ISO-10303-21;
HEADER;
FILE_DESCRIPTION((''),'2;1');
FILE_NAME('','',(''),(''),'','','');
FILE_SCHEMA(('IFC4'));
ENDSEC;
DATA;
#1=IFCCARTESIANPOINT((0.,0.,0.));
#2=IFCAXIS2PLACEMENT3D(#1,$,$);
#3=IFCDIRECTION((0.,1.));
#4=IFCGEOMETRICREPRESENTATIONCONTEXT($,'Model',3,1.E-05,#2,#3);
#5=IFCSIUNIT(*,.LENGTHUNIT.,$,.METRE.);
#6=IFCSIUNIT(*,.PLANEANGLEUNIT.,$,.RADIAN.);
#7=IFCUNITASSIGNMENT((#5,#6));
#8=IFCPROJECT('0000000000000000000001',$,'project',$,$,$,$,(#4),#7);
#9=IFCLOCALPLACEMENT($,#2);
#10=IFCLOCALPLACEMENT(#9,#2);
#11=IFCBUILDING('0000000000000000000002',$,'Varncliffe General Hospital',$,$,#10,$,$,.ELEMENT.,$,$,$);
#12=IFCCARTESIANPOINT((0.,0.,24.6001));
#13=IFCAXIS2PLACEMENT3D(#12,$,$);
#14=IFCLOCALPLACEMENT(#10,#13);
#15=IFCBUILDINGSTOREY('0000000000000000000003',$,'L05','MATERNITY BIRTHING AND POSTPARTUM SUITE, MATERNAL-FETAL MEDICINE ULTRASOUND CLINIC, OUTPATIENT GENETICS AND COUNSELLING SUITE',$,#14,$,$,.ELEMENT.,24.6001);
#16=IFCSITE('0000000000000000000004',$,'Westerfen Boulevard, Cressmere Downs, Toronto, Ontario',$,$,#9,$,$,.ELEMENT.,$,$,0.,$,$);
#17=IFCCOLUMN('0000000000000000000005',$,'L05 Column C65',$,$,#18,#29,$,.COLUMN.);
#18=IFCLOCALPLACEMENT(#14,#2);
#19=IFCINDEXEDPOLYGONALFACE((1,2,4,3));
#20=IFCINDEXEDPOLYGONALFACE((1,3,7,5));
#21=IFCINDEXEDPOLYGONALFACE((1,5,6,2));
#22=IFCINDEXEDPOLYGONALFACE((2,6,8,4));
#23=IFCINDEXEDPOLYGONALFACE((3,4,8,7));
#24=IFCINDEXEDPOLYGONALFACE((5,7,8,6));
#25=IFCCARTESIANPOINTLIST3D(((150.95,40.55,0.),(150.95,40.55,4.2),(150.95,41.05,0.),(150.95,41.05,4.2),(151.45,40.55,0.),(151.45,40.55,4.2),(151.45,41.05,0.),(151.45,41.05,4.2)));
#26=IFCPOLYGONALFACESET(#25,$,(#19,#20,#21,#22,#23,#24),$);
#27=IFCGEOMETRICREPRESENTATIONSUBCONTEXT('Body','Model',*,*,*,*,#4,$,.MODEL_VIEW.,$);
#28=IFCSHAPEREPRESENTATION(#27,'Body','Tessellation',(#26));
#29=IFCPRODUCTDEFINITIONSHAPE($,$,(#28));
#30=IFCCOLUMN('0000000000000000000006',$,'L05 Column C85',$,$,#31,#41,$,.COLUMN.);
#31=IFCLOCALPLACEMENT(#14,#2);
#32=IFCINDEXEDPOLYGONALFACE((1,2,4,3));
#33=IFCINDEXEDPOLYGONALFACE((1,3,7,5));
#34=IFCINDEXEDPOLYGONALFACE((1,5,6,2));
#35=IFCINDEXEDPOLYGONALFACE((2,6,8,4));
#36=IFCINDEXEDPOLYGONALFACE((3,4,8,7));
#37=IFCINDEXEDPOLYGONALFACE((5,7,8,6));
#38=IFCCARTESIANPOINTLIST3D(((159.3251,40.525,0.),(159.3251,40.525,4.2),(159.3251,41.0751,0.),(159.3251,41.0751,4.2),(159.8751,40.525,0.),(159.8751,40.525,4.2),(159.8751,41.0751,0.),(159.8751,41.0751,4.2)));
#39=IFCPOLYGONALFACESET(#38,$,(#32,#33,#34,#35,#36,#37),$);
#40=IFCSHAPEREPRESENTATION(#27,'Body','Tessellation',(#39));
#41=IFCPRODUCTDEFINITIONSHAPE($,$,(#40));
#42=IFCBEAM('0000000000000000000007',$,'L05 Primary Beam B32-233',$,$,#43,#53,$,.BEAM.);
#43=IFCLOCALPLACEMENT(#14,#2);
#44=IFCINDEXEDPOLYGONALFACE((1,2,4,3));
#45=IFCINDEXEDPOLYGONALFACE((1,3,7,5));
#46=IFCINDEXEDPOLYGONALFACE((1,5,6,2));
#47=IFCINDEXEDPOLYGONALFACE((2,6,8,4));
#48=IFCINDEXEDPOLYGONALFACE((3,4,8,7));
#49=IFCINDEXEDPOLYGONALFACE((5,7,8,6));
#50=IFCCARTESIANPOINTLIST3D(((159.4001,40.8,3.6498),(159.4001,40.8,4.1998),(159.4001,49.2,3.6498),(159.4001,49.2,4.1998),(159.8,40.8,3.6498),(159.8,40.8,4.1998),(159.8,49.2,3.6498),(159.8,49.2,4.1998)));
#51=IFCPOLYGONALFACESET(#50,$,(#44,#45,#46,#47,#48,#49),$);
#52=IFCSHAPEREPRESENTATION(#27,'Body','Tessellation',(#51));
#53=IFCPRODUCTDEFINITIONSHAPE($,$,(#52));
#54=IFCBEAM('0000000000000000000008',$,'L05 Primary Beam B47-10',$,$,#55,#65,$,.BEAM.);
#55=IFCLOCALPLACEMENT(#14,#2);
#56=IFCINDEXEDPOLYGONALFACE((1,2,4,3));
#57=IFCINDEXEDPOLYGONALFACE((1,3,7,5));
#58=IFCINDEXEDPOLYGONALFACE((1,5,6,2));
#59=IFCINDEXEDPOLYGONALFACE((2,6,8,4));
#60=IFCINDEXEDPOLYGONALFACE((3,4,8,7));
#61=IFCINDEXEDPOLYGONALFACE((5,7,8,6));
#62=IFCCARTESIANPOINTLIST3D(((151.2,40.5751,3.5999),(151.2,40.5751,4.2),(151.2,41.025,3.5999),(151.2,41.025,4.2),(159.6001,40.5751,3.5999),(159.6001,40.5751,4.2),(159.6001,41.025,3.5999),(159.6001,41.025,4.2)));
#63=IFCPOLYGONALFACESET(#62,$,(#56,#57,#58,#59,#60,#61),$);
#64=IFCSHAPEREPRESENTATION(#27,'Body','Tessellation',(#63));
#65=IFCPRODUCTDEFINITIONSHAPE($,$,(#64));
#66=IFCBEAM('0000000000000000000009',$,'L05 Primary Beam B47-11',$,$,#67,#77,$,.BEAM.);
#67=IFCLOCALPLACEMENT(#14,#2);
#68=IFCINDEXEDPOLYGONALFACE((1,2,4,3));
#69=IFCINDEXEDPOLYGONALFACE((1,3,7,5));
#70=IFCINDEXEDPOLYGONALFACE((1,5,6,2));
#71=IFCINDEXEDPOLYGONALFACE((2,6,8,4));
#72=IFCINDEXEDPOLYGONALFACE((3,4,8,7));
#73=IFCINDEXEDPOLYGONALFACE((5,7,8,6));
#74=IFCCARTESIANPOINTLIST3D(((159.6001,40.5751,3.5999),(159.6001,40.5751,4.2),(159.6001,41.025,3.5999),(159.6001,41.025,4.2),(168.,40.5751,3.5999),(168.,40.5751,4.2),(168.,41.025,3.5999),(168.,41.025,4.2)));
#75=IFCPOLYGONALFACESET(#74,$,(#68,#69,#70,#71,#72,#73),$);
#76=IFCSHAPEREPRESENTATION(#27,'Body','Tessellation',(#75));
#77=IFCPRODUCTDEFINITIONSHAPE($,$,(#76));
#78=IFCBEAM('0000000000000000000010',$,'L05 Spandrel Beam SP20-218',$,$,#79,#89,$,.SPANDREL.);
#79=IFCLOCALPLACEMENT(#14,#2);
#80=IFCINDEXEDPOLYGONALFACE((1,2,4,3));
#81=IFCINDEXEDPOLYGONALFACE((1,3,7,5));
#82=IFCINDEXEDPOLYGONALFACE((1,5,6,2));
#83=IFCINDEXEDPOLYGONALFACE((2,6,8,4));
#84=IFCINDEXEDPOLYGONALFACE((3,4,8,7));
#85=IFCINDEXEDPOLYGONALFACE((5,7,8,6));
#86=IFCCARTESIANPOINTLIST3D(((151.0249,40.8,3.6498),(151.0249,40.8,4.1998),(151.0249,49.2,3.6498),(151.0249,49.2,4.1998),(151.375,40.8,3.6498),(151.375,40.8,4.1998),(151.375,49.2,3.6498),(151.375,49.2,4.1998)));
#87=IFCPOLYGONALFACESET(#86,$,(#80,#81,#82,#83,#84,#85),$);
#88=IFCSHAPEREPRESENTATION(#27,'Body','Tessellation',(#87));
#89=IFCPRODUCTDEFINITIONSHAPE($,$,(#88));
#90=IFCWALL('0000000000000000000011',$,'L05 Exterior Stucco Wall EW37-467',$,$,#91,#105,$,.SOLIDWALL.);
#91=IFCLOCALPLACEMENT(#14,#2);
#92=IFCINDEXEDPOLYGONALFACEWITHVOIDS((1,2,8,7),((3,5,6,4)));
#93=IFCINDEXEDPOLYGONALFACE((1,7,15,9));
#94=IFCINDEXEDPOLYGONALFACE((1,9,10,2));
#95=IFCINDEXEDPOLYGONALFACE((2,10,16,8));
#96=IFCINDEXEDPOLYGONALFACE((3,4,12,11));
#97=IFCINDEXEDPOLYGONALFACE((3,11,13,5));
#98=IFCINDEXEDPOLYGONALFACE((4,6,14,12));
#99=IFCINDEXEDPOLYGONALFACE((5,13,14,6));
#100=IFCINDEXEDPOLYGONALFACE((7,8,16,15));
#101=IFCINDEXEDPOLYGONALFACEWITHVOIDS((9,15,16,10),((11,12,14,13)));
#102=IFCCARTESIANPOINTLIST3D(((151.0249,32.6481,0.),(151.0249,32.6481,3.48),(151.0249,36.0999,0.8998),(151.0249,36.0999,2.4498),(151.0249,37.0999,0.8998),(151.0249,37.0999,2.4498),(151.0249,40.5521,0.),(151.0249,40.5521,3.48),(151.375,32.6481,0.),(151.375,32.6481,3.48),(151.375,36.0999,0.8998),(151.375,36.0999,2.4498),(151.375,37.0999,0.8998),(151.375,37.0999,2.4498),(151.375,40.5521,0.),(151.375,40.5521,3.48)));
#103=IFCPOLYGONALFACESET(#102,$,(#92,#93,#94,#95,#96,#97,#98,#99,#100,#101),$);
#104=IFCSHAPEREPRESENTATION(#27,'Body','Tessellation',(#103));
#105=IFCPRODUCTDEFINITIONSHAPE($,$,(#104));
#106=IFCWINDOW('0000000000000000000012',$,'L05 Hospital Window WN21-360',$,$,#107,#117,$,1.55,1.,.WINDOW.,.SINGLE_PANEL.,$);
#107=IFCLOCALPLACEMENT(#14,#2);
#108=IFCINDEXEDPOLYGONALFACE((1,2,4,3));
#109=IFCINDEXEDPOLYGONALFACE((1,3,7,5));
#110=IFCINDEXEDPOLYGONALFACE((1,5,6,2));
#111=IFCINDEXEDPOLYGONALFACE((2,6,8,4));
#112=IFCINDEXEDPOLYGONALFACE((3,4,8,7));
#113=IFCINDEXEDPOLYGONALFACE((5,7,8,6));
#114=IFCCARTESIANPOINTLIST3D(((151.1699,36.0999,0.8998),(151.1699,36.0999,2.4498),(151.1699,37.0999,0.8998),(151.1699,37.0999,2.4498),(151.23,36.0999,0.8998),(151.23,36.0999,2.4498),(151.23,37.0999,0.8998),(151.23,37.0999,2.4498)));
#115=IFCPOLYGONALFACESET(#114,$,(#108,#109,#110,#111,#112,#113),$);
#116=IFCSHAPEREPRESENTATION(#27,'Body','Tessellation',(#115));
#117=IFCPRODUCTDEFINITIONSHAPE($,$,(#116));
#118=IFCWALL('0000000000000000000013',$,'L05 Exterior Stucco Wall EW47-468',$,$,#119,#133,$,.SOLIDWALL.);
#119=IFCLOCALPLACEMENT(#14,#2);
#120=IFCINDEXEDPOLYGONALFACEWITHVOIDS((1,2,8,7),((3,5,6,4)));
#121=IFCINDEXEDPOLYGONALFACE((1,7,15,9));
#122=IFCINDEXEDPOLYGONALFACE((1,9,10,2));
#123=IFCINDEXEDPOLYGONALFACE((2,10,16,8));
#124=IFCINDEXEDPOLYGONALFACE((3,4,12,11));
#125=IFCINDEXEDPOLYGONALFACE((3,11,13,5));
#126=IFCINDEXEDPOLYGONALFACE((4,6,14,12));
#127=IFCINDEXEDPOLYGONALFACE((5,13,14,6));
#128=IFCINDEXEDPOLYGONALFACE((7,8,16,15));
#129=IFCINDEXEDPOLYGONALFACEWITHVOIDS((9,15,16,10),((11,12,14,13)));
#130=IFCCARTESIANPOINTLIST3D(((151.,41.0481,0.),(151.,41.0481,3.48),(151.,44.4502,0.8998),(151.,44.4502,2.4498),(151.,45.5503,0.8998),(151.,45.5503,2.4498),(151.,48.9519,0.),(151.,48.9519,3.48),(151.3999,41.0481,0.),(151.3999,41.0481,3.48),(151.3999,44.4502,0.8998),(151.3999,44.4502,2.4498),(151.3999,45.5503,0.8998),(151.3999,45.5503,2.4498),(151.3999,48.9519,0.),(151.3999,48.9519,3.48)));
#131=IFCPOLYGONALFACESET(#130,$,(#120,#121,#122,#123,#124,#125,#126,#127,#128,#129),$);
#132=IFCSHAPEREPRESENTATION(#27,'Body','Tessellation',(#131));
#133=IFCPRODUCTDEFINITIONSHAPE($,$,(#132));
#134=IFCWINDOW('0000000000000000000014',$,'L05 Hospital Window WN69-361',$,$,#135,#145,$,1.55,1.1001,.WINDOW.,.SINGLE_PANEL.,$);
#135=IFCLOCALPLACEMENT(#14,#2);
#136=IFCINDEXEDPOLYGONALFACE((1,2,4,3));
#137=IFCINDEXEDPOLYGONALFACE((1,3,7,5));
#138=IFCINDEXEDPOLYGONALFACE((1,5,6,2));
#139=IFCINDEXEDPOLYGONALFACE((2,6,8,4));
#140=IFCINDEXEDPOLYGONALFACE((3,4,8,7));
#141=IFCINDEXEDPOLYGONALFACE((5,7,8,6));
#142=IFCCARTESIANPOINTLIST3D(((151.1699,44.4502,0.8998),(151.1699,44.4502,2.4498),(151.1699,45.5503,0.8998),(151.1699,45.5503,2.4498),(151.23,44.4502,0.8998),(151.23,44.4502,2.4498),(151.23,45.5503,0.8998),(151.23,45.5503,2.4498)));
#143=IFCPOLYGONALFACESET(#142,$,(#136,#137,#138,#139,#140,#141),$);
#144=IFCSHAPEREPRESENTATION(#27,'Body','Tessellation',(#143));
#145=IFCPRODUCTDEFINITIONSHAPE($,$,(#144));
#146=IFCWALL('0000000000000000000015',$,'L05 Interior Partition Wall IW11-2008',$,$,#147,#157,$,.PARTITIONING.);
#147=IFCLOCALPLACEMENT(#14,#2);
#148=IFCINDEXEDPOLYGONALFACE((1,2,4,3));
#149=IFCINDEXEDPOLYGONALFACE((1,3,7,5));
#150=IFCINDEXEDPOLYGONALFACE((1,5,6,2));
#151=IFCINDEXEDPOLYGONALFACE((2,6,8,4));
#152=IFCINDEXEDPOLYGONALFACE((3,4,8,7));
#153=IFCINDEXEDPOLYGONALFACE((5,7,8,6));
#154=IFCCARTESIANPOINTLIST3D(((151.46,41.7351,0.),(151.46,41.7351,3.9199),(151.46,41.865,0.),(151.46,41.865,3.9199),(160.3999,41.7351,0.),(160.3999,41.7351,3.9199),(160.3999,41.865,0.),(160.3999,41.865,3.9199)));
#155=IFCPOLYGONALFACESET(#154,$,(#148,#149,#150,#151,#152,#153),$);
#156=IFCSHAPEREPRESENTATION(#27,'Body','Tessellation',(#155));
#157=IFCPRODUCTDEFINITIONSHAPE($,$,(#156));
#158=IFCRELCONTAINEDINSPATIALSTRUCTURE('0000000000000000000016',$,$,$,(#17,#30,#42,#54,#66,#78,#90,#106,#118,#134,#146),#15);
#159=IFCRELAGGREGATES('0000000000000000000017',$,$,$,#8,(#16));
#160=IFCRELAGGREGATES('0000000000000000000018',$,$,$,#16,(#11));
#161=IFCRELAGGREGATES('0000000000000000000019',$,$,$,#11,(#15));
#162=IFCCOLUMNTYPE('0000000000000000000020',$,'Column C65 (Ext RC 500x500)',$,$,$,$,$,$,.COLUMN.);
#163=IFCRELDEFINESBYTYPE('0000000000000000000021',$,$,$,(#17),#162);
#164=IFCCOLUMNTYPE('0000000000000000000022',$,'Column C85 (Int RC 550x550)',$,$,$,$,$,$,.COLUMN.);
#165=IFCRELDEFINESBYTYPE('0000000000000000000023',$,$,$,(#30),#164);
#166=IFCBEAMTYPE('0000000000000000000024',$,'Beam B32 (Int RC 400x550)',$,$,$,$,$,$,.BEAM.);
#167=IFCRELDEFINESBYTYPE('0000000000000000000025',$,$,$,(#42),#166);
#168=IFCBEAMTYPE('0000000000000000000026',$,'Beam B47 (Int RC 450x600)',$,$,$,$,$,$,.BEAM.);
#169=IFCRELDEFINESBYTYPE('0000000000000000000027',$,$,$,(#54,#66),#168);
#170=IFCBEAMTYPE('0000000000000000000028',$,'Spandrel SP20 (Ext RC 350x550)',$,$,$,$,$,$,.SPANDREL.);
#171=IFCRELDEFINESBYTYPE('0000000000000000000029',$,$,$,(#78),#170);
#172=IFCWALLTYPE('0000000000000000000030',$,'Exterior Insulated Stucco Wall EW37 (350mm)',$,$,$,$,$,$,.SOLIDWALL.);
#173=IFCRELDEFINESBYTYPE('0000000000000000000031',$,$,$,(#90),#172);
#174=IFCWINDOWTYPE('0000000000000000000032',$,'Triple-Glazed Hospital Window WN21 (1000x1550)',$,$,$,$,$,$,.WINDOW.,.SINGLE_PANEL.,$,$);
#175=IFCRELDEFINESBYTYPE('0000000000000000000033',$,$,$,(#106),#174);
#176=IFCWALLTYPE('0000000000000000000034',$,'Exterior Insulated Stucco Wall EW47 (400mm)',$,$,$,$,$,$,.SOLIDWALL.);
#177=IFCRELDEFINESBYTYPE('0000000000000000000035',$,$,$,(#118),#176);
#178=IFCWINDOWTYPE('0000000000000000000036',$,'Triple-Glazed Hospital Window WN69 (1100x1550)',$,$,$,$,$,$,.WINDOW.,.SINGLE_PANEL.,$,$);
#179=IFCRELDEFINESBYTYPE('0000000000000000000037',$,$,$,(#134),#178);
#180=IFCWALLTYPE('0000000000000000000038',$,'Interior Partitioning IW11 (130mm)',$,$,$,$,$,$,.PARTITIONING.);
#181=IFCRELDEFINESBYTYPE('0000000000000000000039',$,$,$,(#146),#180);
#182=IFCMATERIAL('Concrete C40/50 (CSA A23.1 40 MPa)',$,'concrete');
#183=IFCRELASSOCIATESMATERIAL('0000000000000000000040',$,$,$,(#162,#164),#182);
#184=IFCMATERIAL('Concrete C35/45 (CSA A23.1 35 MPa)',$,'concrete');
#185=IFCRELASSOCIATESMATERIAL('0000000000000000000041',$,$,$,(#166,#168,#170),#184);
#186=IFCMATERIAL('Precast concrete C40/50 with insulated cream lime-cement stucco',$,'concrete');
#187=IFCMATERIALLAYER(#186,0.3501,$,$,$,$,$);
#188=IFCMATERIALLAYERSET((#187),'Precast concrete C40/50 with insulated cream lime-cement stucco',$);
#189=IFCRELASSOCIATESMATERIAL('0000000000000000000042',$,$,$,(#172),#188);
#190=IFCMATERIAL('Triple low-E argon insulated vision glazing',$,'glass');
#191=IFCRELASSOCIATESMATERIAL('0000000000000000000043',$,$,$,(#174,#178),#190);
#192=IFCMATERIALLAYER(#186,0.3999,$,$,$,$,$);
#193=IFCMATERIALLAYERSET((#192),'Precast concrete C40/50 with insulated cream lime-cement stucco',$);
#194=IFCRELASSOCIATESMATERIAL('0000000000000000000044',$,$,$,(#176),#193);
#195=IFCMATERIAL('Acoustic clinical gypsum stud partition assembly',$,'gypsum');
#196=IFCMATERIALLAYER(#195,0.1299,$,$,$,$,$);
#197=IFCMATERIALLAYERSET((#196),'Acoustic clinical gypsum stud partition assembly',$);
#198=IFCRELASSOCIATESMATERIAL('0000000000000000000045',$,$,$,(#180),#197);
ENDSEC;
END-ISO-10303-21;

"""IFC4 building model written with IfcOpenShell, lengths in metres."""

from ifc_helpers import new_model, si_unit, direction, frame, frame_2d, origin, origin_2d, place, context, subcontext, project, spatial, rectangle, extrude, material, layer, layer_set, material_profile, profile_set, type_object, element, fill, save


model = new_model("IFC4")

# Units and contexts
model_context = context("Model", 3, precision=1e-05, world=origin(), true_north=direction((0.0, 1.0)))
body_context = subcontext(model_context, "Body", "Model", "MODEL_VIEW")
ifc_project = project(units=[si_unit("LENGTHUNIT", "METRE"), si_unit("PLANEANGLEUNIT", "RADIAN")], contexts=[model_context])

# Site, building, storey
site_placement = place(None, origin())
site = spatial("IfcSite", under=ifc_project, at=site_placement, Name="Westerfen Boulevard, Cressmere Downs, Toronto, Ontario", CompositionType="ELEMENT", RefElevation=0.0)
building_placement = place(site_placement, origin())
building = spatial("IfcBuilding", under=site, at=building_placement, Name="Varncliffe General Hospital", CompositionType="ELEMENT")
storey_placement = place(building_placement, frame((0.0, 0.0, 24.6001)))
storey = spatial("IfcBuildingStorey", under=building, at=storey_placement, Name="L05", Description="MATERNITY BIRTHING AND POSTPARTUM SUITE, MATERNAL-FETAL MEDICINE ULTRASOUND CLINIC, OUTPATIENT GENETICS AND COUNSELLING SUITE", CompositionType="ELEMENT", Elevation=24.6001)

# Columns
ifc_material_1 = material(Name="Concrete C40/50 (CSA A23.1 40 MPa)", Category="concrete")
ifc_material_profile_1 = material_profile(ifc_material_1, rectangle(XDim=0.5, YDim=0.5, at=origin_2d()), Name="RC 500x500")
ifc_profile_set_1 = profile_set([ifc_material_profile_1], Name="Concrete C40/50 (CSA A23.1 40 MPa)")
column_type_1 = type_object("IfcColumnType", Name="Column C65 (Ext RC 500x500)", PredefinedType="COLUMN", material=ifc_profile_set_1)
column_1_placement = place(storey_placement, frame((151.2, 40.8, 0.0), z_axis=(0.0, 0.0, 1.0), x_axis=(1.0, 0.0, 0.0)))
element("IfcColumn", 1, at=column_1_placement, inside=storey, type_object=column_type_1, Name="L05 Column C65", PredefinedType="COLUMN", context=body_context, shape_type="SweptSolid", body=[
    extrude(rectangle(XDim=0.5, YDim=0.5, at=origin_2d()), origin(), (0.0, 0.0, 1.0), 4.2),
])
ifc_material_profile_2 = material_profile(ifc_material_1, rectangle(XDim=0.55, YDim=0.55, at=origin_2d()), Name="RC 550x550")
ifc_profile_set_2 = profile_set([ifc_material_profile_2], Name="Concrete C40/50 (CSA A23.1 40 MPa)")
column_type_2 = type_object("IfcColumnType", Name="Column C85 (Int RC 550x550)", PredefinedType="COLUMN", material=ifc_profile_set_2)
column_2_placement = place(storey_placement, frame((159.6001, 40.8, 0.0), z_axis=(0.0, 0.0, 1.0), x_axis=(1.0, 0.0, 0.0)))
element("IfcColumn", 2, at=column_2_placement, inside=storey, type_object=column_type_2, Name="L05 Column C85", PredefinedType="COLUMN", context=body_context, shape_type="SweptSolid", body=[
    extrude(rectangle(XDim=0.55, YDim=0.55, at=origin_2d()), origin(), (0.0, 0.0, 1.0), 4.2),
])

# Beams
ifc_material_2 = material(Name="Concrete C35/45 (CSA A23.1 35 MPa)", Category="concrete")
ifc_material_profile_3 = material_profile(ifc_material_2, rectangle(XDim=0.3999, YDim=0.55, at=origin_2d()), Name="RC 400x550")
ifc_profile_set_3 = profile_set([ifc_material_profile_3], Name="Concrete C35/45 (CSA A23.1 35 MPa)")
beam_type_1 = type_object("IfcBeamType", Name="Beam B32 (Int RC 400x550)", PredefinedType="BEAM", material=ifc_profile_set_3)
beam_1_placement = place(storey_placement, frame((159.6001, 40.8, 3.9248), z_axis=(0.0, 1.0, 0.0), x_axis=(-1.0, 0.0, 0.0)))
element("IfcBeam", 3, at=beam_1_placement, inside=storey, type_object=beam_type_1, Name="L05 Primary Beam B32-233", PredefinedType="BEAM", context=body_context, shape_type="SweptSolid", body=[
    extrude(rectangle(XDim=0.3999, YDim=0.55, at=origin_2d()), origin(), (0.0, 0.0, 1.0), 8.3999),
])
ifc_material_profile_4 = material_profile(ifc_material_2, rectangle(XDim=0.45, YDim=0.6001, at=origin_2d()), Name="RC 450x600")
ifc_profile_set_4 = profile_set([ifc_material_profile_4], Name="Concrete C35/45 (CSA A23.1 35 MPa)")
beam_type_2 = type_object("IfcBeamType", Name="Beam B47 (Int RC 450x600)", PredefinedType="BEAM", material=ifc_profile_set_4)
beam_2_placement = place(storey_placement, frame((151.2, 40.8, 3.8999), z_axis=(1.0, 0.0, 0.0), x_axis=(0.0, 1.0, 0.0)))
element("IfcBeam", 4, at=beam_2_placement, inside=storey, type_object=beam_type_2, Name="L05 Primary Beam B47-10", PredefinedType="BEAM", context=body_context, shape_type="SweptSolid", body=[
    extrude(rectangle(XDim=0.45, YDim=0.6001, at=origin_2d()), origin(), (0.0, 0.0, 1.0), 8.4001),
])
beam_3_placement = place(storey_placement, frame((159.6001, 40.8, 3.8999), z_axis=(1.0, 0.0, 0.0), x_axis=(0.0, 1.0, 0.0)))
element("IfcBeam", 5, at=beam_3_placement, inside=storey, type_object=beam_type_2, Name="L05 Primary Beam B47-11", PredefinedType="BEAM", context=body_context, shape_type="SweptSolid", body=[
    extrude(rectangle(XDim=0.45, YDim=0.6001, at=origin_2d()), origin(), (0.0, 0.0, 1.0), 8.3999),
])
ifc_material_profile_5 = material_profile(ifc_material_2, rectangle(XDim=0.3501, YDim=0.55, at=origin_2d()), Name="RC 350x550")
ifc_profile_set_5 = profile_set([ifc_material_profile_5], Name="Concrete C35/45 (CSA A23.1 35 MPa)")
beam_type_3 = type_object("IfcBeamType", Name="Spandrel SP20 (Ext RC 350x550)", PredefinedType="SPANDREL", material=ifc_profile_set_5)
beam_4_placement = place(storey_placement, frame((151.2, 40.8, 3.9248), z_axis=(0.0, 1.0, 0.0), x_axis=(-1.0, 0.0, 0.0)))
element("IfcBeam", 6, at=beam_4_placement, inside=storey, type_object=beam_type_3, Name="L05 Spandrel Beam SP20-218", PredefinedType="SPANDREL", context=body_context, shape_type="SweptSolid", body=[
    extrude(rectangle(XDim=0.3501, YDim=0.55, at=origin_2d()), origin(), (0.0, 0.0, 1.0), 8.3999),
])

# Walls, openings, windows
ifc_material_3 = material(Name="Precast concrete C40/50 with insulated cream lime-cement stucco", Category="concrete")
ifc_layer_1 = layer(ifc_material_3, 0.3501)
ifc_layer_set_1 = layer_set([ifc_layer_1], Name="Precast concrete C40/50 with insulated cream lime-cement stucco")
wall_type_1 = type_object("IfcWallType", Name="Exterior Insulated Stucco Wall EW37 (350mm)", PredefinedType="SOLIDWALL", material=ifc_layer_set_1)
wall_1_placement = place(storey_placement, frame((151.2, 32.6479, 0.0), z_axis=(0.0, 0.0, 1.0), x_axis=(0.0, 1.0, 0.0)))
wall_1 = element("IfcWall", 7, at=wall_1_placement, inside=storey, type_object=wall_type_1, Name="L05 Exterior Stucco Wall EW37-467", PredefinedType="SOLIDWALL", context=body_context, shape_type="SweptSolid", body=[
    extrude(rectangle(XDim=7.9041, YDim=0.3501, at=frame_2d((3.9521, 0.0))), origin(), (0.0, 0.0, 1.0), 3.48),
])
opening_1_placement = place(wall_1_placement, frame((3.4519, 0.0, 0.8999)))
opening_1 = element("IfcOpeningElement", 8, at=opening_1_placement, cuts=wall_1, PredefinedType="OPENING", context=body_context, shape_type="SweptSolid", body=[
    extrude(rectangle(XDim=1.0, YDim=1.55, at=frame_2d((0.5, 0.7749))), frame((0.0, 0.1851, 0.0), z_axis=(0.0, -1.0, 0.0), x_axis=(1.0, 0.0, 0.0)), (0.0, 0.0, 1.0), 0.3701),
])
ifc_material_4 = material(Name="Triple low-E argon insulated vision glazing", Category="glass")
window_type_1 = type_object("IfcWindowType", Name="Triple-Glazed Hospital Window WN21 (1000x1550)", PartitioningType="SINGLE_PANEL", PredefinedType="WINDOW", material=ifc_material_4)
window_1_placement = place(opening_1_placement, origin())
window_1 = element("IfcWindow", 9, at=window_1_placement, inside=storey, type_object=window_type_1, Name="L05 Hospital Window WN21-360", OverallHeight=1.55, OverallWidth=1.0, PartitioningType="SINGLE_PANEL", PredefinedType="WINDOW", context=body_context, shape_type="SweptSolid", body=[
    extrude(rectangle(XDim=1.0, YDim=1.55, at=frame_2d((0.5, 0.7749))), frame((0.0, 0.03, 0.0), z_axis=(0.0, -1.0, 0.0), x_axis=(1.0, 0.0, 0.0)), (0.0, 0.0, 1.0), 0.0601),
])
fill(opening_1, window_1)
ifc_layer_2 = layer(ifc_material_3, 0.3999)
ifc_layer_set_2 = layer_set([ifc_layer_2], Name="Precast concrete C40/50 with insulated cream lime-cement stucco")
wall_type_2 = type_object("IfcWallType", Name="Exterior Insulated Stucco Wall EW47 (400mm)", PredefinedType="SOLIDWALL", material=ifc_layer_set_2)
wall_2_placement = place(storey_placement, frame((151.2, 41.0481, 0.0), z_axis=(0.0, 0.0, 1.0), x_axis=(0.0, 1.0, 0.0)))
wall_2 = element("IfcWall", 10, at=wall_2_placement, inside=storey, type_object=wall_type_2, Name="L05 Exterior Stucco Wall EW47-468", PredefinedType="SOLIDWALL", context=body_context, shape_type="SweptSolid", body=[
    extrude(rectangle(XDim=7.9038, YDim=0.3999, at=frame_2d((3.9519, 0.0))), origin(), (0.0, 0.0, 1.0), 3.48),
])
opening_2_placement = place(wall_2_placement, frame((3.4021, 0.0, 0.8999)))
opening_2 = element("IfcOpeningElement", 11, at=opening_2_placement, cuts=wall_2, PredefinedType="OPENING", context=body_context, shape_type="SweptSolid", body=[
    extrude(rectangle(XDim=1.1001, YDim=1.55, at=frame_2d((0.55, 0.7749))), frame((0.0, 0.21, 0.0), z_axis=(0.0, -1.0, 0.0), x_axis=(1.0, 0.0, 0.0)), (0.0, 0.0, 1.0), 0.4199),
])
window_type_2 = type_object("IfcWindowType", Name="Triple-Glazed Hospital Window WN69 (1100x1550)", PartitioningType="SINGLE_PANEL", PredefinedType="WINDOW", material=ifc_material_4)
window_2_placement = place(opening_2_placement, origin())
window_2 = element("IfcWindow", 12, at=window_2_placement, inside=storey, type_object=window_type_2, Name="L05 Hospital Window WN69-361", OverallHeight=1.55, OverallWidth=1.1001, PartitioningType="SINGLE_PANEL", PredefinedType="WINDOW", context=body_context, shape_type="SweptSolid", body=[
    extrude(rectangle(XDim=1.1001, YDim=1.55, at=frame_2d((0.55, 0.7749))), frame((0.0, 0.03, 0.0), z_axis=(0.0, -1.0, 0.0), x_axis=(1.0, 0.0, 0.0)), (0.0, 0.0, 1.0), 0.0601),
])
fill(opening_2, window_2)

# Wall
ifc_material_5 = material(Name="Acoustic clinical gypsum stud partition assembly", Category="gypsum")
ifc_layer_3 = layer(ifc_material_5, 0.1299)
ifc_layer_set_3 = layer_set([ifc_layer_3], Name="Acoustic clinical gypsum stud partition assembly")
wall_type_3 = type_object("IfcWallType", Name="Interior Partitioning IW11 (130mm)", PredefinedType="PARTITIONING", material=ifc_layer_set_3)
wall_3_placement = place(storey_placement, frame((151.46, 41.8, 0.0), z_axis=(0.0, 0.0, 1.0), x_axis=(1.0, 0.0, 0.0)))
element("IfcWall", 13, at=wall_3_placement, inside=storey, type_object=wall_type_3, Name="L05 Interior Partition Wall IW11-2008", PredefinedType="PARTITIONING", context=body_context, shape_type="SweptSolid", body=[
    extrude(rectangle(XDim=8.9399, YDim=0.1299, at=frame_2d((4.47, 0.0))), origin(), (0.0, 0.0, 1.0), 3.9199),
])

save(model, "model.ifc")
